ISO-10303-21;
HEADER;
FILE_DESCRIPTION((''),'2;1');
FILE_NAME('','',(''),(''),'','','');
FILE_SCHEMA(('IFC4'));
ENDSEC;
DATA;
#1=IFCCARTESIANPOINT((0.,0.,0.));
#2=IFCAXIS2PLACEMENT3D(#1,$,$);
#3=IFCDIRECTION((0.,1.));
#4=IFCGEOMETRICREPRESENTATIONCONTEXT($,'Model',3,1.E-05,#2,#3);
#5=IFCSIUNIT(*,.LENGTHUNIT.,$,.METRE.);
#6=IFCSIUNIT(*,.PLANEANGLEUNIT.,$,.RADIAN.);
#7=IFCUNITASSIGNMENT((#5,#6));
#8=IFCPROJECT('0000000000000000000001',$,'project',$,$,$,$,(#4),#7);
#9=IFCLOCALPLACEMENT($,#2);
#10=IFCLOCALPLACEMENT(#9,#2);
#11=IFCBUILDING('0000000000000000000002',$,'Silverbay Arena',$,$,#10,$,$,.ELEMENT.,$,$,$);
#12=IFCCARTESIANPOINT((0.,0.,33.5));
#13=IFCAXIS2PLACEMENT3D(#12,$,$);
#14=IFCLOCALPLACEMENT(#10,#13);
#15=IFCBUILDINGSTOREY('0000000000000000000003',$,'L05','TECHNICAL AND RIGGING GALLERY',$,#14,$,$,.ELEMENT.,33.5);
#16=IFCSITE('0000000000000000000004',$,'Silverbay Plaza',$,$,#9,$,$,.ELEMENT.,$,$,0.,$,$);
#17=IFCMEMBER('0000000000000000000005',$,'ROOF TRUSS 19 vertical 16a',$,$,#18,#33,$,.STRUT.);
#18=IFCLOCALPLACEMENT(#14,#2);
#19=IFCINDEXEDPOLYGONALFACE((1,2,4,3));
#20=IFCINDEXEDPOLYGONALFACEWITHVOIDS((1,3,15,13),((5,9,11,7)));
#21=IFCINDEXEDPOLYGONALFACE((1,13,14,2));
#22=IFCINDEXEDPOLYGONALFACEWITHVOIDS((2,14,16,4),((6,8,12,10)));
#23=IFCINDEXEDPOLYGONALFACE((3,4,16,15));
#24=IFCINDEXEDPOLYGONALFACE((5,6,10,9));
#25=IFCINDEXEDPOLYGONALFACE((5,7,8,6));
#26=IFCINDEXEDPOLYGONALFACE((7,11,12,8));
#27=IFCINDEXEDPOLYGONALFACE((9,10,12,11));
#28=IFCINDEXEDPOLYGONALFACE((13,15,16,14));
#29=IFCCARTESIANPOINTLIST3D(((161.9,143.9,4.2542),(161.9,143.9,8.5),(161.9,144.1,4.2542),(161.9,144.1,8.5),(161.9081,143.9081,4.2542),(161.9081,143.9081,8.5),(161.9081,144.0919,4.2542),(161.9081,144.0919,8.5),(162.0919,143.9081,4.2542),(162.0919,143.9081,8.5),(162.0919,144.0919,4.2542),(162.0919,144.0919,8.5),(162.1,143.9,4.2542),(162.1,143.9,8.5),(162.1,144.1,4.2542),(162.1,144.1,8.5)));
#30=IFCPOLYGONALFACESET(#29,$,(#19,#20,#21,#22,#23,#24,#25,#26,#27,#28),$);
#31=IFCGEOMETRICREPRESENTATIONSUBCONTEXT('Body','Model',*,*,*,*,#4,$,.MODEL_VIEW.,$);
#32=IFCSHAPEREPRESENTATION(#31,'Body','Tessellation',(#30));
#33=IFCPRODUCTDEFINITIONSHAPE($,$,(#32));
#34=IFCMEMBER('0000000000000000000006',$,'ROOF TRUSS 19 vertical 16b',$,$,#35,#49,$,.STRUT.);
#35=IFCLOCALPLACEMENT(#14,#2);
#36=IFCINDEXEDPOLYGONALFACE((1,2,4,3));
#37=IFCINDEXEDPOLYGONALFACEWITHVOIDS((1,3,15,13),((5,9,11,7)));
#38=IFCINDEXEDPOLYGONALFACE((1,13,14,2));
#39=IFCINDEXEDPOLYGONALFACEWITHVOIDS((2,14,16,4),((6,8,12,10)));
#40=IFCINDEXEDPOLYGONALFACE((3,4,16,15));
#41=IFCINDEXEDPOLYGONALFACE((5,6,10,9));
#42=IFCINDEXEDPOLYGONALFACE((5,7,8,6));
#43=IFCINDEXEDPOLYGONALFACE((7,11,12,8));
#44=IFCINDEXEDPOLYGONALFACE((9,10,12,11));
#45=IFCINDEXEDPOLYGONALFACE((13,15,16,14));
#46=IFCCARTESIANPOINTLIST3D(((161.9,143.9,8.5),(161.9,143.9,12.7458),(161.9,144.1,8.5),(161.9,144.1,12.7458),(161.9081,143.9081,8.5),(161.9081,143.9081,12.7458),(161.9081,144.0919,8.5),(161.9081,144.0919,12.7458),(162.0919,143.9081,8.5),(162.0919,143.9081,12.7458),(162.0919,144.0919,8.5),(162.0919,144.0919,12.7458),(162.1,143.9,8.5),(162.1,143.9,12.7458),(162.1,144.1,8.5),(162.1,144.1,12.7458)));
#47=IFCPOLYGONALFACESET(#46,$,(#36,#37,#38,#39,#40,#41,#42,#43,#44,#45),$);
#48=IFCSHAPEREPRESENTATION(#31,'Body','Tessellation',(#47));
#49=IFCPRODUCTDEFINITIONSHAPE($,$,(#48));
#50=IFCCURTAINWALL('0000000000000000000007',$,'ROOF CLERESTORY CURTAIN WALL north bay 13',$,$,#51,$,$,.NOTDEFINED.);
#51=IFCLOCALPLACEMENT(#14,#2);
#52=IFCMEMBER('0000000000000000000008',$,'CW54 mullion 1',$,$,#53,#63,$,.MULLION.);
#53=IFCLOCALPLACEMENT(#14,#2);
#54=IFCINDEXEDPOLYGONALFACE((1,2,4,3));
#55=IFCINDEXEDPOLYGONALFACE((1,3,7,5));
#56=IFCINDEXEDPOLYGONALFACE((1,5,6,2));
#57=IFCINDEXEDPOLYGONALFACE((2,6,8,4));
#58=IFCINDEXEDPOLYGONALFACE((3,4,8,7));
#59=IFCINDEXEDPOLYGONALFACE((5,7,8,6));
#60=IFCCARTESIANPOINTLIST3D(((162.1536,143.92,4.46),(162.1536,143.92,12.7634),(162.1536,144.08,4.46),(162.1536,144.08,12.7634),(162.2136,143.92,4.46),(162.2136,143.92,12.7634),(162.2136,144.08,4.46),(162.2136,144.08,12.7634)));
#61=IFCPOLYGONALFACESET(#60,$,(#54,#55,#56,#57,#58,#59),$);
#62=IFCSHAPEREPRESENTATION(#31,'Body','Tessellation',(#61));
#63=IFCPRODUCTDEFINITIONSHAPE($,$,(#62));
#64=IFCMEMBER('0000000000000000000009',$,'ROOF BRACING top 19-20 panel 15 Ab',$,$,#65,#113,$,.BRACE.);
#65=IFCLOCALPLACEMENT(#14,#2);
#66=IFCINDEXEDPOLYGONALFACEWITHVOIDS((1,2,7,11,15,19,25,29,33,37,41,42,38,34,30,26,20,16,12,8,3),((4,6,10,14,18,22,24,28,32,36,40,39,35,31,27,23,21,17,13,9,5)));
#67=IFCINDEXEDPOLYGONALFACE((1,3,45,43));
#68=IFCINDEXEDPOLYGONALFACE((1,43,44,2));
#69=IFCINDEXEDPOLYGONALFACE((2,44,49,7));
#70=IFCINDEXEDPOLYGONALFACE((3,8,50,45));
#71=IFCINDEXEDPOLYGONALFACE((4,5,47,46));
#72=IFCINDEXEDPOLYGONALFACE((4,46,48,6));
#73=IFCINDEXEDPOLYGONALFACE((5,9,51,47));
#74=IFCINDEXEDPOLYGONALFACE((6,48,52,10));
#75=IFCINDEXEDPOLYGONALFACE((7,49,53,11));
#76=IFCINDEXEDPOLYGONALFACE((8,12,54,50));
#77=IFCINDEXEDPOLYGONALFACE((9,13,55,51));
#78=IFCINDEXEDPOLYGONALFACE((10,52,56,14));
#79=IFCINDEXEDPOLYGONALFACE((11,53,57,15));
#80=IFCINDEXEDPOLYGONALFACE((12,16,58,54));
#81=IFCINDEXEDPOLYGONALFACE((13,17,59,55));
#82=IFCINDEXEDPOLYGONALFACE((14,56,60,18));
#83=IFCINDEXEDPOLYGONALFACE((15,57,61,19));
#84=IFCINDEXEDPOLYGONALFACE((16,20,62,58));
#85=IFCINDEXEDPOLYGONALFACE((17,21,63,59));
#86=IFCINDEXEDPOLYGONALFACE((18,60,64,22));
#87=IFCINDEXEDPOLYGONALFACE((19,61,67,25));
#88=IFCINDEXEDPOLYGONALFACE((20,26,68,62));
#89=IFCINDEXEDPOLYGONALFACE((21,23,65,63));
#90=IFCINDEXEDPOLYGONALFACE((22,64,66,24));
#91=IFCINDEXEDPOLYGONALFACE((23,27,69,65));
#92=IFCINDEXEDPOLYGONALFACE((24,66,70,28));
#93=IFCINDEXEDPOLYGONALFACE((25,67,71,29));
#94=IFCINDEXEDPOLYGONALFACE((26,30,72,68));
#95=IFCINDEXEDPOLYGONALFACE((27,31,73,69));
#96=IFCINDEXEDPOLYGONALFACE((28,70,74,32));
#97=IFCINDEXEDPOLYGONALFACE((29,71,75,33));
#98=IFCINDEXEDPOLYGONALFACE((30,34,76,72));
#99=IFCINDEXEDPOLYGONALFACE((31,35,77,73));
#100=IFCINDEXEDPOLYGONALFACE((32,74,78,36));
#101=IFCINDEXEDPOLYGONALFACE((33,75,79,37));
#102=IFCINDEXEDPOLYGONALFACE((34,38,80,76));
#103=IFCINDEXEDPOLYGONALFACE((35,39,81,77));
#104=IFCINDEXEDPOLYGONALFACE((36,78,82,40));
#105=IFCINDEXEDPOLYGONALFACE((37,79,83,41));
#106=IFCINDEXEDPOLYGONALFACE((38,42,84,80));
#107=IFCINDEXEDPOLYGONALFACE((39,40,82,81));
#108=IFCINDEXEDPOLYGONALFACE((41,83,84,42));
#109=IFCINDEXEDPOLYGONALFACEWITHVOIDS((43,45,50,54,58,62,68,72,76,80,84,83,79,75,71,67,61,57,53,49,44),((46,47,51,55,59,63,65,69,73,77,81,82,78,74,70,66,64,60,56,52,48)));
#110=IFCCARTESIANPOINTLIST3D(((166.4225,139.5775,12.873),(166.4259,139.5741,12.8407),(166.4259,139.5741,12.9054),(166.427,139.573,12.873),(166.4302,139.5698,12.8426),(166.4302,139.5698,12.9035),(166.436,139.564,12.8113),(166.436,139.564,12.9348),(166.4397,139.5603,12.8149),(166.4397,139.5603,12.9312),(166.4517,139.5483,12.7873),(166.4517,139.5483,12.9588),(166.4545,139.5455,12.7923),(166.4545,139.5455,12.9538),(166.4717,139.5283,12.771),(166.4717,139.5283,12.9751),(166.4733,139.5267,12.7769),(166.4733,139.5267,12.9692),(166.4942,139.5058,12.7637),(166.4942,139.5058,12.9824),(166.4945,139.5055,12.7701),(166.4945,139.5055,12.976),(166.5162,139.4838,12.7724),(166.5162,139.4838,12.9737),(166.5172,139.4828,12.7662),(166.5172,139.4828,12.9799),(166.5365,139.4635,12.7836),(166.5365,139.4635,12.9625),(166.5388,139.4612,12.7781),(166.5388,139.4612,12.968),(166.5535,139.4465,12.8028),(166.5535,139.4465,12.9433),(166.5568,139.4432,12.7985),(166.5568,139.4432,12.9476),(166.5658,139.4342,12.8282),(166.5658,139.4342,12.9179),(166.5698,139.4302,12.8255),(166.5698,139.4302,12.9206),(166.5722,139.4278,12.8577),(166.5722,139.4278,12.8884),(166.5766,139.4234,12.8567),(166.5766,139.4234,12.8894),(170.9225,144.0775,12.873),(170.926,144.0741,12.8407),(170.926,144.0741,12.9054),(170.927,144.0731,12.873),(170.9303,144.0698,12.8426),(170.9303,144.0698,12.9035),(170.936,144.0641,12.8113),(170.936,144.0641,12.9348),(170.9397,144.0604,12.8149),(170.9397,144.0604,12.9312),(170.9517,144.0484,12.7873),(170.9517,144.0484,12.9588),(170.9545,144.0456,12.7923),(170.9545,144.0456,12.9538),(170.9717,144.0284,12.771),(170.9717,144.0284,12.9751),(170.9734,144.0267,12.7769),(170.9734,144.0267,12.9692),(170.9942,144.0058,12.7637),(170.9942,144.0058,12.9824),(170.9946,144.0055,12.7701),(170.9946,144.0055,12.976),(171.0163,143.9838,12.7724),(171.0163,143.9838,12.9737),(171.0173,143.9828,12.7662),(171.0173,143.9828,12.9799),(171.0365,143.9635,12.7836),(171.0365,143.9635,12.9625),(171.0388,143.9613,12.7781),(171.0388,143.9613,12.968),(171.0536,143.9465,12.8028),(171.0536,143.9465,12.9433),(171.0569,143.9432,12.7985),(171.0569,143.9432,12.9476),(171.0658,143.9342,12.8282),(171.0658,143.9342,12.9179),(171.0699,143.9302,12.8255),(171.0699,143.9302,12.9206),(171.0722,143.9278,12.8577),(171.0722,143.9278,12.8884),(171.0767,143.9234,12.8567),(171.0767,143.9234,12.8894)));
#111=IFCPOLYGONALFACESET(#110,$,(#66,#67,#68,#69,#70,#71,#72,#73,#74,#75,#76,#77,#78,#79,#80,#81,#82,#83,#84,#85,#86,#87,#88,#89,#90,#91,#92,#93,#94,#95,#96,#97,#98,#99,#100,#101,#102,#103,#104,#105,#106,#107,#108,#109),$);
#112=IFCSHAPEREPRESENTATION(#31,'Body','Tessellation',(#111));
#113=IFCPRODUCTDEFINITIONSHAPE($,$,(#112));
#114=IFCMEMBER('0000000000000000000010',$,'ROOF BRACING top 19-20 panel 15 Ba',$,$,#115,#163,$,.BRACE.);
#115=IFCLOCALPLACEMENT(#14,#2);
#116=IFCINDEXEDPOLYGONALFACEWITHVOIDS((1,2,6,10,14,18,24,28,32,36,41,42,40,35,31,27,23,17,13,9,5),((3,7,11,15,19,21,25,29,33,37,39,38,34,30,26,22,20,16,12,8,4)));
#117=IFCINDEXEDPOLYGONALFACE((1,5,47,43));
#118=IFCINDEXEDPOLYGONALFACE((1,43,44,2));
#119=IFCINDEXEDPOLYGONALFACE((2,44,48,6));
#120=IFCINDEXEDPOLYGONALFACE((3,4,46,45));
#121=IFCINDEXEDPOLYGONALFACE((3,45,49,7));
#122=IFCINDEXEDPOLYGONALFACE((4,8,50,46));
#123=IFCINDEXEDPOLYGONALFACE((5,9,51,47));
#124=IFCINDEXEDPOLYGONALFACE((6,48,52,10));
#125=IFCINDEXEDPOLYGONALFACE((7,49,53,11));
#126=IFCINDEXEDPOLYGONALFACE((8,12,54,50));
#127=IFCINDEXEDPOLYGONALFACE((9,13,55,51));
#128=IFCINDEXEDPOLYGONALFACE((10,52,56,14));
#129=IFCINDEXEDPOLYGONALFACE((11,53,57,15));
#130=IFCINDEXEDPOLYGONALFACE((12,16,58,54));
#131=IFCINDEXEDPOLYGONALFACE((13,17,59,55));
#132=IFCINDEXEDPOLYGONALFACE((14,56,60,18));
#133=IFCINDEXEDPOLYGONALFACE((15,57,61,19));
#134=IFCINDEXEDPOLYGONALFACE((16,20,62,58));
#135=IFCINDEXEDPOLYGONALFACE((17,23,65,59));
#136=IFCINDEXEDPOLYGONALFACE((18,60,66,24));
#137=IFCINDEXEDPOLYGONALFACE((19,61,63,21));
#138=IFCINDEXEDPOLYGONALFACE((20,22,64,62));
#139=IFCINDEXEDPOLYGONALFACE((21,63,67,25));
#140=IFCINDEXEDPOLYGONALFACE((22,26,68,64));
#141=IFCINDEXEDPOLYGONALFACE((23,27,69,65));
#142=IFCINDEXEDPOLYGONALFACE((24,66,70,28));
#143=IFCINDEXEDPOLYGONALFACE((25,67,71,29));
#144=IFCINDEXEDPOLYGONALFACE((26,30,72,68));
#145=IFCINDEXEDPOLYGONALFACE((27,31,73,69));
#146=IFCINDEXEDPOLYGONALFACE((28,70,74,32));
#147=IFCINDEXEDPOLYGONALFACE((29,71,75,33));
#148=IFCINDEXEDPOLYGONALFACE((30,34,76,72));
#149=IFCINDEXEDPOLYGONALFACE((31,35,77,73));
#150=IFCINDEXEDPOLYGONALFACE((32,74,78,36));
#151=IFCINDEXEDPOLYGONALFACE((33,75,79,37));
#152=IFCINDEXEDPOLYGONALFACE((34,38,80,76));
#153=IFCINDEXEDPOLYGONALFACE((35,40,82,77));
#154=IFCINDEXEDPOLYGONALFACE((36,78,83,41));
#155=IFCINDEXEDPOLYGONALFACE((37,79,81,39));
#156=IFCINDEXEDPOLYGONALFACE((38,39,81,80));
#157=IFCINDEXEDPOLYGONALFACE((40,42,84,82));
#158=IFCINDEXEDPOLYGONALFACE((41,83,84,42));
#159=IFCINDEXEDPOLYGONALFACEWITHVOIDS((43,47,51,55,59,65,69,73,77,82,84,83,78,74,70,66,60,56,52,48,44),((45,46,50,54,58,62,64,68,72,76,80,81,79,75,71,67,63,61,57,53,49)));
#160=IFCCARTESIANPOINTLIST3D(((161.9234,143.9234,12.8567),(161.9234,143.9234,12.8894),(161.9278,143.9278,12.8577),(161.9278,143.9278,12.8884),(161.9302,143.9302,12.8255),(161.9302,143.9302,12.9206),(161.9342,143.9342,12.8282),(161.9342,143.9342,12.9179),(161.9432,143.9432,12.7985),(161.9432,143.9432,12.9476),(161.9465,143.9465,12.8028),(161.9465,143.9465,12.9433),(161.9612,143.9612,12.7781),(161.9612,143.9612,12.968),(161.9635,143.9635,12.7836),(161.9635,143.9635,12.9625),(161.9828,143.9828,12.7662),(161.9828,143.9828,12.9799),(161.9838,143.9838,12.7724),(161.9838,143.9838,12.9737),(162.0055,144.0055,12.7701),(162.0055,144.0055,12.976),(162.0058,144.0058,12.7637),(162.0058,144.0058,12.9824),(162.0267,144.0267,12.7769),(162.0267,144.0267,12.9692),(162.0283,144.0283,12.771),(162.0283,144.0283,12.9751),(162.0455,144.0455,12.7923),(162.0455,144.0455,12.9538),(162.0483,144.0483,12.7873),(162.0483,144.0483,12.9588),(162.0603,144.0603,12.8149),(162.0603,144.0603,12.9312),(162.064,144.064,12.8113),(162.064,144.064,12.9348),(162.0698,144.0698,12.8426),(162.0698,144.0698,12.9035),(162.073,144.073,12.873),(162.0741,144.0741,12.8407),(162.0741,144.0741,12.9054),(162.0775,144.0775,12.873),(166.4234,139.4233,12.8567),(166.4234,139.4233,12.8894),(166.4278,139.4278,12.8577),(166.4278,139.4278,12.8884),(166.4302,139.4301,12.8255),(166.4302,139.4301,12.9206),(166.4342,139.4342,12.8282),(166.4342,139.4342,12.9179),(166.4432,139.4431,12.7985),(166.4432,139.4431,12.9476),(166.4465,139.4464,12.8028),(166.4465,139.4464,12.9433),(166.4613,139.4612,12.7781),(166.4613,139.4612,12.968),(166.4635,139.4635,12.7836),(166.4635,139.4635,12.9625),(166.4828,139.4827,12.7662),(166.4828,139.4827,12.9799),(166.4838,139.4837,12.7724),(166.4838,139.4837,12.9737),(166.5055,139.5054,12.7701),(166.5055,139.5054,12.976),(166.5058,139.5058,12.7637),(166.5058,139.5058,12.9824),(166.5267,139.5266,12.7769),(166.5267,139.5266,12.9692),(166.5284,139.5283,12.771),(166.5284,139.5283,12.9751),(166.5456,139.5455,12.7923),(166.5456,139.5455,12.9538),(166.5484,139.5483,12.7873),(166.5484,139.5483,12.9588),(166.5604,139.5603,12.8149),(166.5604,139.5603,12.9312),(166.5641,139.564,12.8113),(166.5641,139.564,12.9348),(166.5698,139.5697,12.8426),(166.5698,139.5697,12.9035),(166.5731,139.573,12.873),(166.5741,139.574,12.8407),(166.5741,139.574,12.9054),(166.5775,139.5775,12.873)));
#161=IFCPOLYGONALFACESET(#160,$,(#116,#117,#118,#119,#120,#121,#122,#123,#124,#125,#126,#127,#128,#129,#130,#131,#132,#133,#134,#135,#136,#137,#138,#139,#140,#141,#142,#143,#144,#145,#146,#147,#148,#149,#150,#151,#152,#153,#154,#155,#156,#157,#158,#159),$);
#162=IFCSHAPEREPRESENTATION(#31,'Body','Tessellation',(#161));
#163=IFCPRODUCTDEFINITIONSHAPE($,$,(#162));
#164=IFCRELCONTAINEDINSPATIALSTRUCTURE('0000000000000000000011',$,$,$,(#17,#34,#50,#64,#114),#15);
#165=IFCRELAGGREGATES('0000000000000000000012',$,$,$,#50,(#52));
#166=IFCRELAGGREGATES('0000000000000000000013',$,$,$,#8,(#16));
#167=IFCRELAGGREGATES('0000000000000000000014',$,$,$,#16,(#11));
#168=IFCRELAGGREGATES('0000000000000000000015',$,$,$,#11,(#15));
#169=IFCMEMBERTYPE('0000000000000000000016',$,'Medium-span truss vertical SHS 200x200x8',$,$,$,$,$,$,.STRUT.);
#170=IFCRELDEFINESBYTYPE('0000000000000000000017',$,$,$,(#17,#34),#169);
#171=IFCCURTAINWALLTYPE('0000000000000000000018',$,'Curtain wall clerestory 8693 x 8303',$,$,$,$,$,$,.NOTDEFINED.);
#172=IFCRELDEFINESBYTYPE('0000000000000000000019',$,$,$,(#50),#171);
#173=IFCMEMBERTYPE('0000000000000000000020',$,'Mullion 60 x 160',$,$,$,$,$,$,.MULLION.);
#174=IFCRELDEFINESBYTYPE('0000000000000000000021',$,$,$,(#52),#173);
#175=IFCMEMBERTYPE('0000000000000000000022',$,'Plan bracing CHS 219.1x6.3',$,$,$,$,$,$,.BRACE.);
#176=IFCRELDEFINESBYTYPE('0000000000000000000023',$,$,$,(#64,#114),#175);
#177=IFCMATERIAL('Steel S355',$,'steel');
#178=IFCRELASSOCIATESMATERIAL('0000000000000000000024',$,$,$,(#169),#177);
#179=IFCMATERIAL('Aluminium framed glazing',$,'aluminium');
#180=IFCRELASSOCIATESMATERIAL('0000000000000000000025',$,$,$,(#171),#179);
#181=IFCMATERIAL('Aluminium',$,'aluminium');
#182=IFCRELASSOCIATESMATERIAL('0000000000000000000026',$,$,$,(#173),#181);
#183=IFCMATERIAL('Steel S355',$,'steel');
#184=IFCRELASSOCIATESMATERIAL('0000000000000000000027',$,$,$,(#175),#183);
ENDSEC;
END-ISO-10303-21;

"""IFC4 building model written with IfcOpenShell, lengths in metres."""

from ifc_helpers import new_model, si_unit, direction, frame, origin, origin_2d, place, context, subcontext, project, spatial, rectangle, hollow_rectangle, hollow_circle, extrude, material, material_profile, profile_set, type_object, element, aggregate, save


model = new_model("IFC4")

# Units and contexts
model_context = context("Model", 3, precision=1e-05, world=origin(), true_north=direction((0.0, 1.0)))
body_context = subcontext(model_context, "Body", "Model", "MODEL_VIEW")
ifc_project = project(units=[si_unit("LENGTHUNIT", "METRE"), si_unit("PLANEANGLEUNIT", "RADIAN")], contexts=[model_context])

# Site, building, storey
site_placement = place(None, origin())
site = spatial("IfcSite", under=ifc_project, at=site_placement, Name="Silverbay Plaza", CompositionType="ELEMENT", RefElevation=0.0)
building_placement = place(site_placement, origin())
building = spatial("IfcBuilding", under=site, at=building_placement, Name="Silverbay Arena", CompositionType="ELEMENT")
storey_placement = place(building_placement, frame((0.0, 0.0, 33.5)))
storey = spatial("IfcBuildingStorey", under=building, at=storey_placement, Name="L05", Description="TECHNICAL AND RIGGING GALLERY", CompositionType="ELEMENT", Elevation=33.5)

# Members
ifc_material_1 = material(Name="Steel S355", Category="steel")
ifc_material_profile_1 = material_profile(ifc_material_1, hollow_rectangle(XDim=0.2, YDim=0.2, WallThickness=0.0081, at=origin_2d()), Name="SHS 200x200x8")
ifc_profile_set_1 = profile_set([ifc_material_profile_1], Name="Steel S355")
member_type_1 = type_object("IfcMemberType", Name="Medium-span truss vertical SHS 200x200x8", PredefinedType="STRUT", material=ifc_profile_set_1)
for number, where, z_axis, x_axis, name in (
    (1, (162.0, 144.0, 4.2542), (0.0, 0.0, 1.0), (1.0, 0.0, 0.0), "ROOF TRUSS 19 vertical 16a"),
    (2, (162.0, 144.0, 8.5), (0.0, 0.0, 1.0), (1.0, 0.0, 0.0), "ROOF TRUSS 19 vertical 16b"),
):
    element("IfcMember", number, at=place(storey_placement, frame(where, z_axis=z_axis, x_axis=x_axis)), inside=storey, type_object=member_type_1, Name=name, PredefinedType="STRUT", context=body_context, shape_type="SweptSolid", body=[
        extrude(hollow_rectangle(XDim=0.2, YDim=0.2, WallThickness=0.0081, at=origin_2d()), origin(), (0.0, 0.0, 1.0), 4.2458),
    ])

# Curtain wall, member
ifc_material_2 = material(Name="Aluminium framed glazing", Category="aluminium")
curtain_wall_type = type_object("IfcCurtainWallType", Name="Curtain wall clerestory 8693 x 8303", PredefinedType="NOTDEFINED", material=ifc_material_2)
curtain_wall_placement = place(storey_placement, origin())
curtain_wall = element("IfcCurtainWall", 3, at=curtain_wall_placement, inside=storey, type_object=curtain_wall_type, Name="ROOF CLERESTORY CURTAIN WALL north bay 13", PredefinedType="NOTDEFINED")
ifc_material_3 = material(Name="Aluminium", Category="aluminium")
ifc_material_profile_2 = material_profile(ifc_material_3, rectangle(XDim=0.1599, YDim=0.0601, at=origin_2d()), Name="Mullion 60 x 160")
ifc_profile_set_2 = profile_set([ifc_material_profile_2], Name="Aluminium")
member_type_2 = type_object("IfcMemberType", Name="Mullion 60 x 160", PredefinedType="MULLION", material=ifc_profile_set_2)
member_1_placement = place(storey_placement, frame((162.1836, 144.0, 4.46), z_axis=(0.0, 0.0, 1.0), x_axis=(0.0, 1.0, 0.0)))
member_1 = element("IfcMember", 4, at=member_1_placement, type_object=member_type_2, Name="CW54 mullion 1", PredefinedType="MULLION", context=body_context, shape_type="SweptSolid", body=[
    extrude(rectangle(XDim=0.1599, YDim=0.0601, at=origin_2d()), origin(), (0.0, 0.0, 1.0), 8.3035),
])

# Members
ifc_material_4 = material(Name="Steel S355", Category="steel")
ifc_material_profile_3 = material_profile(ifc_material_4, hollow_circle(Radius=0.1096, WallThickness=0.0063, at=origin_2d()), Name="CHS 219.1x6.3")
ifc_profile_set_3 = profile_set([ifc_material_profile_3], Name="Steel S355")
member_type_3 = type_object("IfcMemberType", Name="Plan bracing CHS 219.1x6.3", PredefinedType="BRACE", material=ifc_profile_set_3)
for number, where, z_axis, x_axis, name in (
    (5, (166.5, 139.5, 12.873), (0.707107, 0.707107, 0.0), (-0.707107, 0.707107, 0.0), "ROOF BRACING top 19-20 panel 15 Ab"),
    (6, (162.0, 144.0, 12.873), (0.707107, -0.707107, 0.0), (0.707107, 0.707107, 0.0), "ROOF BRACING top 19-20 panel 15 Ba"),
):
    element("IfcMember", number, at=place(storey_placement, frame(where, z_axis=z_axis, x_axis=x_axis)), inside=storey, type_object=member_type_3, Name=name, PredefinedType="BRACE", context=body_context, shape_type="SweptSolid", body=[
        extrude(hollow_circle(Radius=0.1096, WallThickness=0.0063, at=origin_2d()), origin(), (0.0, 0.0, 1.0), 6.364),
    ])

aggregate(curtain_wall, [member_1])

save(model, "model.ifc")
